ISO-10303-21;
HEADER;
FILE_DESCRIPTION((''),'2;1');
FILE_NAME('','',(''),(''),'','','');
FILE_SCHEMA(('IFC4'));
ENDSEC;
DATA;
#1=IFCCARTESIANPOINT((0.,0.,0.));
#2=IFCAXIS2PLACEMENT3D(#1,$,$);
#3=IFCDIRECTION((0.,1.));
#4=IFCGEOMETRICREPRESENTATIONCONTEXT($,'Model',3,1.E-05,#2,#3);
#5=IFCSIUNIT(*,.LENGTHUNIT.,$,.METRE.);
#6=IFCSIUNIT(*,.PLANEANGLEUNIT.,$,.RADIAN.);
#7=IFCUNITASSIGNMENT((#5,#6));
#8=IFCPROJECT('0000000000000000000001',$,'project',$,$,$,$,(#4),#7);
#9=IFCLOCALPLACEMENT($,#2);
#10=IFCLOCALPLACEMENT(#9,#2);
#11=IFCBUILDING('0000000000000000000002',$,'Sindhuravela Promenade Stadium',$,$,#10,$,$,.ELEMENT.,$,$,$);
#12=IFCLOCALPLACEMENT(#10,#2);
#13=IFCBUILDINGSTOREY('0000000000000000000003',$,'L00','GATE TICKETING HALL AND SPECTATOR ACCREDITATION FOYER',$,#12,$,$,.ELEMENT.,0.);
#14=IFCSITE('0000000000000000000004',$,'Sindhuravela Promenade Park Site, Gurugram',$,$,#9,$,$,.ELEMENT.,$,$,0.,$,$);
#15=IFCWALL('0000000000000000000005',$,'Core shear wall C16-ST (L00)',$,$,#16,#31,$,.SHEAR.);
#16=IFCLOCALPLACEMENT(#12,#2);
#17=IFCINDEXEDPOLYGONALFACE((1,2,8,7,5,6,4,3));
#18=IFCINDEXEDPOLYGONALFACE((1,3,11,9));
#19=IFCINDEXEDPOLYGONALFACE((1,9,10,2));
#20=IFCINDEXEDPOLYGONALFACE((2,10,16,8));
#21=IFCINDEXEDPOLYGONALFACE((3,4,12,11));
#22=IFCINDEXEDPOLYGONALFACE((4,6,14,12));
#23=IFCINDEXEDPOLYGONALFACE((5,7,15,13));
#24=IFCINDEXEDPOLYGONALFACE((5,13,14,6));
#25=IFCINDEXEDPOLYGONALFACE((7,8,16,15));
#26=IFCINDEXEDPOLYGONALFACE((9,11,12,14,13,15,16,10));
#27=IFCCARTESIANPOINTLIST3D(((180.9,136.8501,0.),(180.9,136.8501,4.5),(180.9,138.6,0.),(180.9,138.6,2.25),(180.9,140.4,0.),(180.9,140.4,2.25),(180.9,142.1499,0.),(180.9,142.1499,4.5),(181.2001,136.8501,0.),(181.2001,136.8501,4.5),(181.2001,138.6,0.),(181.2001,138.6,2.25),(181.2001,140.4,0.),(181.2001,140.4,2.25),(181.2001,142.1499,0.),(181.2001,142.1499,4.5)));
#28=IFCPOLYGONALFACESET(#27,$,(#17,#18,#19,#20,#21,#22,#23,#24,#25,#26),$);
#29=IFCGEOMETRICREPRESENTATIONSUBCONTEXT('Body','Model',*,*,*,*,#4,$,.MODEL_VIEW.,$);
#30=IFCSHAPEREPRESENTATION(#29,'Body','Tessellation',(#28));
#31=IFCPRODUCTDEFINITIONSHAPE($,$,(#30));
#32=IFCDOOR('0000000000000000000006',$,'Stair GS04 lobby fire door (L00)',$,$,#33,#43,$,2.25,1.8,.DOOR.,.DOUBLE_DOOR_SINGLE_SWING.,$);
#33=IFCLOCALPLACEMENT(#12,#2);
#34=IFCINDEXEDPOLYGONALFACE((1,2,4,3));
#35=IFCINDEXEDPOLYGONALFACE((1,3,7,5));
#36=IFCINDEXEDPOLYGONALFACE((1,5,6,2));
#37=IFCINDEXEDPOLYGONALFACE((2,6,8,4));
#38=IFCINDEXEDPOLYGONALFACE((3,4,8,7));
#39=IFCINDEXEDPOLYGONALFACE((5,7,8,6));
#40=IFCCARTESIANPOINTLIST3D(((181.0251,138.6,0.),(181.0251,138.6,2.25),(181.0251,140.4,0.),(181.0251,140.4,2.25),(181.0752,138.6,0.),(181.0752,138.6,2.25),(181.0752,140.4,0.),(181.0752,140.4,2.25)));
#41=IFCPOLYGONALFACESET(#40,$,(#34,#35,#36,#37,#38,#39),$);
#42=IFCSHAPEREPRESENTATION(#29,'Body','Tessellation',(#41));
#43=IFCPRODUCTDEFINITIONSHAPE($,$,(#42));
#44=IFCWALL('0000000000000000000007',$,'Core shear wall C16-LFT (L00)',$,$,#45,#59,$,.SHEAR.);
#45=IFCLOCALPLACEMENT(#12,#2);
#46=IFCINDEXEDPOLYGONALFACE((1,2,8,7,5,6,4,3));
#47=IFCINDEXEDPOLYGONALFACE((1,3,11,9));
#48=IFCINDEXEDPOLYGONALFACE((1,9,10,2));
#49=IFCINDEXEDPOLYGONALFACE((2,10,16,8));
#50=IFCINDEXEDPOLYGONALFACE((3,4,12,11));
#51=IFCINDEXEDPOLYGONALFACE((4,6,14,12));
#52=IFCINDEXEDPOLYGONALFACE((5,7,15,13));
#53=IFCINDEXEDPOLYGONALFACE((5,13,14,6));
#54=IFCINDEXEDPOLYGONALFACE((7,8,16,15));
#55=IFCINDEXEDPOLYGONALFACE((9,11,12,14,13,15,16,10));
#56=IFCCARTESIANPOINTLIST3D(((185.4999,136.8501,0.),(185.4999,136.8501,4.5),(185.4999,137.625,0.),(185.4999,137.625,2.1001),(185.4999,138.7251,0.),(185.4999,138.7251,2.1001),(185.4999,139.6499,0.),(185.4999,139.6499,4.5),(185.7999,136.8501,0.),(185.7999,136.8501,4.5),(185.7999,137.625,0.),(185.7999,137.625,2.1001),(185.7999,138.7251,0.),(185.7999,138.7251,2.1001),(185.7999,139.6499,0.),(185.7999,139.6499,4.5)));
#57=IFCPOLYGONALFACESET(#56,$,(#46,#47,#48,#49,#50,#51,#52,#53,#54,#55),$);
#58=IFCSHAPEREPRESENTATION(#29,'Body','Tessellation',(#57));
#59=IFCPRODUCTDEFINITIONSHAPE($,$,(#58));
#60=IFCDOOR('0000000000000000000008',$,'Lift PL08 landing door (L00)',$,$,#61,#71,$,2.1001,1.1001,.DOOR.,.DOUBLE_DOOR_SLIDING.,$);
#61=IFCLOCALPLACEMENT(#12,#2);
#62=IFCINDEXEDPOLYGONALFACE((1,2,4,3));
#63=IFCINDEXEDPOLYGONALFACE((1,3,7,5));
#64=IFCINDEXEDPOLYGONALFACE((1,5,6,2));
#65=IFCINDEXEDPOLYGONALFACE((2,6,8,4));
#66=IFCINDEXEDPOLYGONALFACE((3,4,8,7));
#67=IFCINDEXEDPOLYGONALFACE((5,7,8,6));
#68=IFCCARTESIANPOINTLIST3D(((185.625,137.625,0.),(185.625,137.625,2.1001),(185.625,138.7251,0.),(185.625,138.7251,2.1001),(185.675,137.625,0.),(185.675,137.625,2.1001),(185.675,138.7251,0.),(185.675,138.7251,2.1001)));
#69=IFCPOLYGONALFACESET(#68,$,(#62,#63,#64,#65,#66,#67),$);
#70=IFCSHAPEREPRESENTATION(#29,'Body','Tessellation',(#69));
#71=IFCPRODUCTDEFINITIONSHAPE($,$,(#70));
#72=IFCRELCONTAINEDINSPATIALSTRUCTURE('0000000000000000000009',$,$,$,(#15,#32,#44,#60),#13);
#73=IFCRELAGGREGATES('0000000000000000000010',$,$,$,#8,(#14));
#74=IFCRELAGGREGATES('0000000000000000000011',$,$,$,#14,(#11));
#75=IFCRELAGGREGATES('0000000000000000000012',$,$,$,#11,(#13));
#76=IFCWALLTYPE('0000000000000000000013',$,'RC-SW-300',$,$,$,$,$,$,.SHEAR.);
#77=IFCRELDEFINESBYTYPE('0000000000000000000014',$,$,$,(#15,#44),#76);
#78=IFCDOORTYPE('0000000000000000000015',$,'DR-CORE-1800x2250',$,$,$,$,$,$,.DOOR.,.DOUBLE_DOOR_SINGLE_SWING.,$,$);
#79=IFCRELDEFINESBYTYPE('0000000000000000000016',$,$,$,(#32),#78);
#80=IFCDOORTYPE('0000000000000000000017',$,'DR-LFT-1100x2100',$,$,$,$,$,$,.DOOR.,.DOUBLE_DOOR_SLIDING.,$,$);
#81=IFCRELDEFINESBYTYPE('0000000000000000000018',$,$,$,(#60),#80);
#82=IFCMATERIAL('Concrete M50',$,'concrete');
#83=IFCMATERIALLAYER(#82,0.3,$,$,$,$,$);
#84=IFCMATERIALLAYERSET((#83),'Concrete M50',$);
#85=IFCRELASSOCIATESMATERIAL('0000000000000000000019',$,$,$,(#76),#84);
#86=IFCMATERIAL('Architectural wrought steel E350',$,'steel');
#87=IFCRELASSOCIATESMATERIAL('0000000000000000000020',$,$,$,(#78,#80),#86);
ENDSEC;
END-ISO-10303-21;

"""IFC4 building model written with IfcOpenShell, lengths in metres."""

from ifc_helpers import new_model, si_unit, direction, frame, frame_2d, origin, place, context, subcontext, project, spatial, rectangle, extrude, material, layer, layer_set, type_object, element, fill, save


model = new_model("IFC4")

# Units and contexts
model_context = context("Model", 3, precision=1e-05, world=origin(), true_north=direction((0.0, 1.0)))
body_context = subcontext(model_context, "Body", "Model", "MODEL_VIEW")
ifc_project = project(units=[si_unit("LENGTHUNIT", "METRE"), si_unit("PLANEANGLEUNIT", "RADIAN")], contexts=[model_context])

# Site, building, storey
site_placement = place(None, origin())
site = spatial("IfcSite", under=ifc_project, at=site_placement, Name="Sindhuravela Promenade Park Site, Gurugram", CompositionType="ELEMENT", RefElevation=0.0)
building_placement = place(site_placement, origin())
building = spatial("IfcBuilding", under=site, at=building_placement, Name="Sindhuravela Promenade Stadium", CompositionType="ELEMENT")
storey_placement = place(building_placement, origin())
storey = spatial("IfcBuildingStorey", under=building, at=storey_placement, Name="L00", Description="GATE TICKETING HALL AND SPECTATOR ACCREDITATION FOYER", CompositionType="ELEMENT", Elevation=0.0)

# Shared definitions
ifc_material_1 = material(Name="Concrete M50", Category="concrete")

# Walls, openings, doors
ifc_layer_1 = layer(ifc_material_1, 0.3)
ifc_layer_set_1 = layer_set([ifc_layer_1], Name="Concrete M50")
wall_type_1 = type_object("IfcWallType", Name="RC-SW-300", PredefinedType="SHEAR", material=ifc_layer_set_1)
wall_1_placement = place(storey_placement, frame((181.05, 136.8501, 0.0), z_axis=(0.0, 0.0, 1.0), x_axis=(0.0, 1.0, 0.0)))
wall_1 = element("IfcWall", 1, at=wall_1_placement, inside=storey, type_object=wall_type_1, Name="Core shear wall C16-ST (L00)", PredefinedType="SHEAR", context=body_context, shape_type="SweptSolid", body=[
    extrude(rectangle(XDim=5.2998, YDim=0.3, at=frame_2d((2.6499, 0.0))), origin(), (0.0, 0.0, 1.0), 4.5),
])
opening_1_placement = place(wall_1_placement, frame((1.75, 0.0, 0.0)))
opening_1 = element("IfcOpeningElement", 2, at=opening_1_placement, cuts=wall_1, PredefinedType="OPENING", context=body_context, shape_type="SweptSolid", body=[
    extrude(rectangle(XDim=1.8, YDim=2.25, at=frame_2d((0.8999, 1.125))), frame((0.0, 0.1599, 0.0), z_axis=(0.0, -1.0, 0.0), x_axis=(1.0, 0.0, 0.0)), (0.0, 0.0, 1.0), 0.3201),
])
ifc_material_2 = material(Name="Architectural wrought steel E350", Category="steel")
door_type_1 = type_object("IfcDoorType", Name="DR-CORE-1800x2250", OperationType="DOUBLE_DOOR_SINGLE_SWING", PredefinedType="DOOR", material=ifc_material_2)
door_1_placement = place(opening_1_placement, origin())
door_1 = element("IfcDoor", 3, at=door_1_placement, inside=storey, type_object=door_type_1, Name="Stair GS04 lobby fire door (L00)", OperationType="DOUBLE_DOOR_SINGLE_SWING", OverallHeight=2.25, OverallWidth=1.8, PredefinedType="DOOR", context=body_context, shape_type="SweptSolid", body=[
    extrude(rectangle(XDim=1.8, YDim=2.25, at=frame_2d((0.8999, 1.125))), frame((0.0, 0.0249, 0.0), z_axis=(0.0, -1.0, 0.0), x_axis=(1.0, 0.0, 0.0)), (0.0, 0.0, 1.0), 0.05),
])
fill(opening_1, door_1)
wall_2_placement = place(storey_placement, frame((185.6499, 136.8501, 0.0), z_axis=(0.0, 0.0, 1.0), x_axis=(0.0, 1.0, 0.0)))
wall_2 = element("IfcWall", 4, at=wall_2_placement, inside=storey, type_object=wall_type_1, Name="Core shear wall C16-LFT (L00)", PredefinedType="SHEAR", context=body_context, shape_type="SweptSolid", body=[
    extrude(rectangle(XDim=2.7998, YDim=0.3, at=frame_2d((1.3999, 0.0))), origin(), (0.0, 0.0, 1.0), 4.5),
])
opening_2_placement = place(wall_2_placement, frame((0.7749, 0.0, 0.0)))
opening_2 = element("IfcOpeningElement", 5, at=opening_2_placement, cuts=wall_2, PredefinedType="OPENING", context=body_context, shape_type="SweptSolid", body=[
    extrude(rectangle(XDim=1.1001, YDim=2.1001, at=frame_2d((0.55, 1.05))), frame((0.0, 0.1599, 0.0), z_axis=(0.0, -1.0, 0.0), x_axis=(1.0, 0.0, 0.0)), (0.0, 0.0, 1.0), 0.3201),
])
door_type_2 = type_object("IfcDoorType", Name="DR-LFT-1100x2100", OperationType="DOUBLE_DOOR_SLIDING", PredefinedType="DOOR", material=ifc_material_2)
door_2_placement = place(opening_2_placement, origin())
door_2 = element("IfcDoor", 6, at=door_2_placement, inside=storey, type_object=door_type_2, Name="Lift PL08 landing door (L00)", OperationType="DOUBLE_DOOR_SLIDING", OverallHeight=2.1001, OverallWidth=1.1001, PredefinedType="DOOR", context=body_context, shape_type="SweptSolid", body=[
    extrude(rectangle(XDim=1.1001, YDim=2.1001, at=frame_2d((0.55, 1.05))), frame((0.0, 0.0249, 0.0), z_axis=(0.0, -1.0, 0.0), x_axis=(1.0, 0.0, 0.0)), (0.0, 0.0, 1.0), 0.05),
])
fill(opening_2, door_2)

save(model, "model.ifc")
